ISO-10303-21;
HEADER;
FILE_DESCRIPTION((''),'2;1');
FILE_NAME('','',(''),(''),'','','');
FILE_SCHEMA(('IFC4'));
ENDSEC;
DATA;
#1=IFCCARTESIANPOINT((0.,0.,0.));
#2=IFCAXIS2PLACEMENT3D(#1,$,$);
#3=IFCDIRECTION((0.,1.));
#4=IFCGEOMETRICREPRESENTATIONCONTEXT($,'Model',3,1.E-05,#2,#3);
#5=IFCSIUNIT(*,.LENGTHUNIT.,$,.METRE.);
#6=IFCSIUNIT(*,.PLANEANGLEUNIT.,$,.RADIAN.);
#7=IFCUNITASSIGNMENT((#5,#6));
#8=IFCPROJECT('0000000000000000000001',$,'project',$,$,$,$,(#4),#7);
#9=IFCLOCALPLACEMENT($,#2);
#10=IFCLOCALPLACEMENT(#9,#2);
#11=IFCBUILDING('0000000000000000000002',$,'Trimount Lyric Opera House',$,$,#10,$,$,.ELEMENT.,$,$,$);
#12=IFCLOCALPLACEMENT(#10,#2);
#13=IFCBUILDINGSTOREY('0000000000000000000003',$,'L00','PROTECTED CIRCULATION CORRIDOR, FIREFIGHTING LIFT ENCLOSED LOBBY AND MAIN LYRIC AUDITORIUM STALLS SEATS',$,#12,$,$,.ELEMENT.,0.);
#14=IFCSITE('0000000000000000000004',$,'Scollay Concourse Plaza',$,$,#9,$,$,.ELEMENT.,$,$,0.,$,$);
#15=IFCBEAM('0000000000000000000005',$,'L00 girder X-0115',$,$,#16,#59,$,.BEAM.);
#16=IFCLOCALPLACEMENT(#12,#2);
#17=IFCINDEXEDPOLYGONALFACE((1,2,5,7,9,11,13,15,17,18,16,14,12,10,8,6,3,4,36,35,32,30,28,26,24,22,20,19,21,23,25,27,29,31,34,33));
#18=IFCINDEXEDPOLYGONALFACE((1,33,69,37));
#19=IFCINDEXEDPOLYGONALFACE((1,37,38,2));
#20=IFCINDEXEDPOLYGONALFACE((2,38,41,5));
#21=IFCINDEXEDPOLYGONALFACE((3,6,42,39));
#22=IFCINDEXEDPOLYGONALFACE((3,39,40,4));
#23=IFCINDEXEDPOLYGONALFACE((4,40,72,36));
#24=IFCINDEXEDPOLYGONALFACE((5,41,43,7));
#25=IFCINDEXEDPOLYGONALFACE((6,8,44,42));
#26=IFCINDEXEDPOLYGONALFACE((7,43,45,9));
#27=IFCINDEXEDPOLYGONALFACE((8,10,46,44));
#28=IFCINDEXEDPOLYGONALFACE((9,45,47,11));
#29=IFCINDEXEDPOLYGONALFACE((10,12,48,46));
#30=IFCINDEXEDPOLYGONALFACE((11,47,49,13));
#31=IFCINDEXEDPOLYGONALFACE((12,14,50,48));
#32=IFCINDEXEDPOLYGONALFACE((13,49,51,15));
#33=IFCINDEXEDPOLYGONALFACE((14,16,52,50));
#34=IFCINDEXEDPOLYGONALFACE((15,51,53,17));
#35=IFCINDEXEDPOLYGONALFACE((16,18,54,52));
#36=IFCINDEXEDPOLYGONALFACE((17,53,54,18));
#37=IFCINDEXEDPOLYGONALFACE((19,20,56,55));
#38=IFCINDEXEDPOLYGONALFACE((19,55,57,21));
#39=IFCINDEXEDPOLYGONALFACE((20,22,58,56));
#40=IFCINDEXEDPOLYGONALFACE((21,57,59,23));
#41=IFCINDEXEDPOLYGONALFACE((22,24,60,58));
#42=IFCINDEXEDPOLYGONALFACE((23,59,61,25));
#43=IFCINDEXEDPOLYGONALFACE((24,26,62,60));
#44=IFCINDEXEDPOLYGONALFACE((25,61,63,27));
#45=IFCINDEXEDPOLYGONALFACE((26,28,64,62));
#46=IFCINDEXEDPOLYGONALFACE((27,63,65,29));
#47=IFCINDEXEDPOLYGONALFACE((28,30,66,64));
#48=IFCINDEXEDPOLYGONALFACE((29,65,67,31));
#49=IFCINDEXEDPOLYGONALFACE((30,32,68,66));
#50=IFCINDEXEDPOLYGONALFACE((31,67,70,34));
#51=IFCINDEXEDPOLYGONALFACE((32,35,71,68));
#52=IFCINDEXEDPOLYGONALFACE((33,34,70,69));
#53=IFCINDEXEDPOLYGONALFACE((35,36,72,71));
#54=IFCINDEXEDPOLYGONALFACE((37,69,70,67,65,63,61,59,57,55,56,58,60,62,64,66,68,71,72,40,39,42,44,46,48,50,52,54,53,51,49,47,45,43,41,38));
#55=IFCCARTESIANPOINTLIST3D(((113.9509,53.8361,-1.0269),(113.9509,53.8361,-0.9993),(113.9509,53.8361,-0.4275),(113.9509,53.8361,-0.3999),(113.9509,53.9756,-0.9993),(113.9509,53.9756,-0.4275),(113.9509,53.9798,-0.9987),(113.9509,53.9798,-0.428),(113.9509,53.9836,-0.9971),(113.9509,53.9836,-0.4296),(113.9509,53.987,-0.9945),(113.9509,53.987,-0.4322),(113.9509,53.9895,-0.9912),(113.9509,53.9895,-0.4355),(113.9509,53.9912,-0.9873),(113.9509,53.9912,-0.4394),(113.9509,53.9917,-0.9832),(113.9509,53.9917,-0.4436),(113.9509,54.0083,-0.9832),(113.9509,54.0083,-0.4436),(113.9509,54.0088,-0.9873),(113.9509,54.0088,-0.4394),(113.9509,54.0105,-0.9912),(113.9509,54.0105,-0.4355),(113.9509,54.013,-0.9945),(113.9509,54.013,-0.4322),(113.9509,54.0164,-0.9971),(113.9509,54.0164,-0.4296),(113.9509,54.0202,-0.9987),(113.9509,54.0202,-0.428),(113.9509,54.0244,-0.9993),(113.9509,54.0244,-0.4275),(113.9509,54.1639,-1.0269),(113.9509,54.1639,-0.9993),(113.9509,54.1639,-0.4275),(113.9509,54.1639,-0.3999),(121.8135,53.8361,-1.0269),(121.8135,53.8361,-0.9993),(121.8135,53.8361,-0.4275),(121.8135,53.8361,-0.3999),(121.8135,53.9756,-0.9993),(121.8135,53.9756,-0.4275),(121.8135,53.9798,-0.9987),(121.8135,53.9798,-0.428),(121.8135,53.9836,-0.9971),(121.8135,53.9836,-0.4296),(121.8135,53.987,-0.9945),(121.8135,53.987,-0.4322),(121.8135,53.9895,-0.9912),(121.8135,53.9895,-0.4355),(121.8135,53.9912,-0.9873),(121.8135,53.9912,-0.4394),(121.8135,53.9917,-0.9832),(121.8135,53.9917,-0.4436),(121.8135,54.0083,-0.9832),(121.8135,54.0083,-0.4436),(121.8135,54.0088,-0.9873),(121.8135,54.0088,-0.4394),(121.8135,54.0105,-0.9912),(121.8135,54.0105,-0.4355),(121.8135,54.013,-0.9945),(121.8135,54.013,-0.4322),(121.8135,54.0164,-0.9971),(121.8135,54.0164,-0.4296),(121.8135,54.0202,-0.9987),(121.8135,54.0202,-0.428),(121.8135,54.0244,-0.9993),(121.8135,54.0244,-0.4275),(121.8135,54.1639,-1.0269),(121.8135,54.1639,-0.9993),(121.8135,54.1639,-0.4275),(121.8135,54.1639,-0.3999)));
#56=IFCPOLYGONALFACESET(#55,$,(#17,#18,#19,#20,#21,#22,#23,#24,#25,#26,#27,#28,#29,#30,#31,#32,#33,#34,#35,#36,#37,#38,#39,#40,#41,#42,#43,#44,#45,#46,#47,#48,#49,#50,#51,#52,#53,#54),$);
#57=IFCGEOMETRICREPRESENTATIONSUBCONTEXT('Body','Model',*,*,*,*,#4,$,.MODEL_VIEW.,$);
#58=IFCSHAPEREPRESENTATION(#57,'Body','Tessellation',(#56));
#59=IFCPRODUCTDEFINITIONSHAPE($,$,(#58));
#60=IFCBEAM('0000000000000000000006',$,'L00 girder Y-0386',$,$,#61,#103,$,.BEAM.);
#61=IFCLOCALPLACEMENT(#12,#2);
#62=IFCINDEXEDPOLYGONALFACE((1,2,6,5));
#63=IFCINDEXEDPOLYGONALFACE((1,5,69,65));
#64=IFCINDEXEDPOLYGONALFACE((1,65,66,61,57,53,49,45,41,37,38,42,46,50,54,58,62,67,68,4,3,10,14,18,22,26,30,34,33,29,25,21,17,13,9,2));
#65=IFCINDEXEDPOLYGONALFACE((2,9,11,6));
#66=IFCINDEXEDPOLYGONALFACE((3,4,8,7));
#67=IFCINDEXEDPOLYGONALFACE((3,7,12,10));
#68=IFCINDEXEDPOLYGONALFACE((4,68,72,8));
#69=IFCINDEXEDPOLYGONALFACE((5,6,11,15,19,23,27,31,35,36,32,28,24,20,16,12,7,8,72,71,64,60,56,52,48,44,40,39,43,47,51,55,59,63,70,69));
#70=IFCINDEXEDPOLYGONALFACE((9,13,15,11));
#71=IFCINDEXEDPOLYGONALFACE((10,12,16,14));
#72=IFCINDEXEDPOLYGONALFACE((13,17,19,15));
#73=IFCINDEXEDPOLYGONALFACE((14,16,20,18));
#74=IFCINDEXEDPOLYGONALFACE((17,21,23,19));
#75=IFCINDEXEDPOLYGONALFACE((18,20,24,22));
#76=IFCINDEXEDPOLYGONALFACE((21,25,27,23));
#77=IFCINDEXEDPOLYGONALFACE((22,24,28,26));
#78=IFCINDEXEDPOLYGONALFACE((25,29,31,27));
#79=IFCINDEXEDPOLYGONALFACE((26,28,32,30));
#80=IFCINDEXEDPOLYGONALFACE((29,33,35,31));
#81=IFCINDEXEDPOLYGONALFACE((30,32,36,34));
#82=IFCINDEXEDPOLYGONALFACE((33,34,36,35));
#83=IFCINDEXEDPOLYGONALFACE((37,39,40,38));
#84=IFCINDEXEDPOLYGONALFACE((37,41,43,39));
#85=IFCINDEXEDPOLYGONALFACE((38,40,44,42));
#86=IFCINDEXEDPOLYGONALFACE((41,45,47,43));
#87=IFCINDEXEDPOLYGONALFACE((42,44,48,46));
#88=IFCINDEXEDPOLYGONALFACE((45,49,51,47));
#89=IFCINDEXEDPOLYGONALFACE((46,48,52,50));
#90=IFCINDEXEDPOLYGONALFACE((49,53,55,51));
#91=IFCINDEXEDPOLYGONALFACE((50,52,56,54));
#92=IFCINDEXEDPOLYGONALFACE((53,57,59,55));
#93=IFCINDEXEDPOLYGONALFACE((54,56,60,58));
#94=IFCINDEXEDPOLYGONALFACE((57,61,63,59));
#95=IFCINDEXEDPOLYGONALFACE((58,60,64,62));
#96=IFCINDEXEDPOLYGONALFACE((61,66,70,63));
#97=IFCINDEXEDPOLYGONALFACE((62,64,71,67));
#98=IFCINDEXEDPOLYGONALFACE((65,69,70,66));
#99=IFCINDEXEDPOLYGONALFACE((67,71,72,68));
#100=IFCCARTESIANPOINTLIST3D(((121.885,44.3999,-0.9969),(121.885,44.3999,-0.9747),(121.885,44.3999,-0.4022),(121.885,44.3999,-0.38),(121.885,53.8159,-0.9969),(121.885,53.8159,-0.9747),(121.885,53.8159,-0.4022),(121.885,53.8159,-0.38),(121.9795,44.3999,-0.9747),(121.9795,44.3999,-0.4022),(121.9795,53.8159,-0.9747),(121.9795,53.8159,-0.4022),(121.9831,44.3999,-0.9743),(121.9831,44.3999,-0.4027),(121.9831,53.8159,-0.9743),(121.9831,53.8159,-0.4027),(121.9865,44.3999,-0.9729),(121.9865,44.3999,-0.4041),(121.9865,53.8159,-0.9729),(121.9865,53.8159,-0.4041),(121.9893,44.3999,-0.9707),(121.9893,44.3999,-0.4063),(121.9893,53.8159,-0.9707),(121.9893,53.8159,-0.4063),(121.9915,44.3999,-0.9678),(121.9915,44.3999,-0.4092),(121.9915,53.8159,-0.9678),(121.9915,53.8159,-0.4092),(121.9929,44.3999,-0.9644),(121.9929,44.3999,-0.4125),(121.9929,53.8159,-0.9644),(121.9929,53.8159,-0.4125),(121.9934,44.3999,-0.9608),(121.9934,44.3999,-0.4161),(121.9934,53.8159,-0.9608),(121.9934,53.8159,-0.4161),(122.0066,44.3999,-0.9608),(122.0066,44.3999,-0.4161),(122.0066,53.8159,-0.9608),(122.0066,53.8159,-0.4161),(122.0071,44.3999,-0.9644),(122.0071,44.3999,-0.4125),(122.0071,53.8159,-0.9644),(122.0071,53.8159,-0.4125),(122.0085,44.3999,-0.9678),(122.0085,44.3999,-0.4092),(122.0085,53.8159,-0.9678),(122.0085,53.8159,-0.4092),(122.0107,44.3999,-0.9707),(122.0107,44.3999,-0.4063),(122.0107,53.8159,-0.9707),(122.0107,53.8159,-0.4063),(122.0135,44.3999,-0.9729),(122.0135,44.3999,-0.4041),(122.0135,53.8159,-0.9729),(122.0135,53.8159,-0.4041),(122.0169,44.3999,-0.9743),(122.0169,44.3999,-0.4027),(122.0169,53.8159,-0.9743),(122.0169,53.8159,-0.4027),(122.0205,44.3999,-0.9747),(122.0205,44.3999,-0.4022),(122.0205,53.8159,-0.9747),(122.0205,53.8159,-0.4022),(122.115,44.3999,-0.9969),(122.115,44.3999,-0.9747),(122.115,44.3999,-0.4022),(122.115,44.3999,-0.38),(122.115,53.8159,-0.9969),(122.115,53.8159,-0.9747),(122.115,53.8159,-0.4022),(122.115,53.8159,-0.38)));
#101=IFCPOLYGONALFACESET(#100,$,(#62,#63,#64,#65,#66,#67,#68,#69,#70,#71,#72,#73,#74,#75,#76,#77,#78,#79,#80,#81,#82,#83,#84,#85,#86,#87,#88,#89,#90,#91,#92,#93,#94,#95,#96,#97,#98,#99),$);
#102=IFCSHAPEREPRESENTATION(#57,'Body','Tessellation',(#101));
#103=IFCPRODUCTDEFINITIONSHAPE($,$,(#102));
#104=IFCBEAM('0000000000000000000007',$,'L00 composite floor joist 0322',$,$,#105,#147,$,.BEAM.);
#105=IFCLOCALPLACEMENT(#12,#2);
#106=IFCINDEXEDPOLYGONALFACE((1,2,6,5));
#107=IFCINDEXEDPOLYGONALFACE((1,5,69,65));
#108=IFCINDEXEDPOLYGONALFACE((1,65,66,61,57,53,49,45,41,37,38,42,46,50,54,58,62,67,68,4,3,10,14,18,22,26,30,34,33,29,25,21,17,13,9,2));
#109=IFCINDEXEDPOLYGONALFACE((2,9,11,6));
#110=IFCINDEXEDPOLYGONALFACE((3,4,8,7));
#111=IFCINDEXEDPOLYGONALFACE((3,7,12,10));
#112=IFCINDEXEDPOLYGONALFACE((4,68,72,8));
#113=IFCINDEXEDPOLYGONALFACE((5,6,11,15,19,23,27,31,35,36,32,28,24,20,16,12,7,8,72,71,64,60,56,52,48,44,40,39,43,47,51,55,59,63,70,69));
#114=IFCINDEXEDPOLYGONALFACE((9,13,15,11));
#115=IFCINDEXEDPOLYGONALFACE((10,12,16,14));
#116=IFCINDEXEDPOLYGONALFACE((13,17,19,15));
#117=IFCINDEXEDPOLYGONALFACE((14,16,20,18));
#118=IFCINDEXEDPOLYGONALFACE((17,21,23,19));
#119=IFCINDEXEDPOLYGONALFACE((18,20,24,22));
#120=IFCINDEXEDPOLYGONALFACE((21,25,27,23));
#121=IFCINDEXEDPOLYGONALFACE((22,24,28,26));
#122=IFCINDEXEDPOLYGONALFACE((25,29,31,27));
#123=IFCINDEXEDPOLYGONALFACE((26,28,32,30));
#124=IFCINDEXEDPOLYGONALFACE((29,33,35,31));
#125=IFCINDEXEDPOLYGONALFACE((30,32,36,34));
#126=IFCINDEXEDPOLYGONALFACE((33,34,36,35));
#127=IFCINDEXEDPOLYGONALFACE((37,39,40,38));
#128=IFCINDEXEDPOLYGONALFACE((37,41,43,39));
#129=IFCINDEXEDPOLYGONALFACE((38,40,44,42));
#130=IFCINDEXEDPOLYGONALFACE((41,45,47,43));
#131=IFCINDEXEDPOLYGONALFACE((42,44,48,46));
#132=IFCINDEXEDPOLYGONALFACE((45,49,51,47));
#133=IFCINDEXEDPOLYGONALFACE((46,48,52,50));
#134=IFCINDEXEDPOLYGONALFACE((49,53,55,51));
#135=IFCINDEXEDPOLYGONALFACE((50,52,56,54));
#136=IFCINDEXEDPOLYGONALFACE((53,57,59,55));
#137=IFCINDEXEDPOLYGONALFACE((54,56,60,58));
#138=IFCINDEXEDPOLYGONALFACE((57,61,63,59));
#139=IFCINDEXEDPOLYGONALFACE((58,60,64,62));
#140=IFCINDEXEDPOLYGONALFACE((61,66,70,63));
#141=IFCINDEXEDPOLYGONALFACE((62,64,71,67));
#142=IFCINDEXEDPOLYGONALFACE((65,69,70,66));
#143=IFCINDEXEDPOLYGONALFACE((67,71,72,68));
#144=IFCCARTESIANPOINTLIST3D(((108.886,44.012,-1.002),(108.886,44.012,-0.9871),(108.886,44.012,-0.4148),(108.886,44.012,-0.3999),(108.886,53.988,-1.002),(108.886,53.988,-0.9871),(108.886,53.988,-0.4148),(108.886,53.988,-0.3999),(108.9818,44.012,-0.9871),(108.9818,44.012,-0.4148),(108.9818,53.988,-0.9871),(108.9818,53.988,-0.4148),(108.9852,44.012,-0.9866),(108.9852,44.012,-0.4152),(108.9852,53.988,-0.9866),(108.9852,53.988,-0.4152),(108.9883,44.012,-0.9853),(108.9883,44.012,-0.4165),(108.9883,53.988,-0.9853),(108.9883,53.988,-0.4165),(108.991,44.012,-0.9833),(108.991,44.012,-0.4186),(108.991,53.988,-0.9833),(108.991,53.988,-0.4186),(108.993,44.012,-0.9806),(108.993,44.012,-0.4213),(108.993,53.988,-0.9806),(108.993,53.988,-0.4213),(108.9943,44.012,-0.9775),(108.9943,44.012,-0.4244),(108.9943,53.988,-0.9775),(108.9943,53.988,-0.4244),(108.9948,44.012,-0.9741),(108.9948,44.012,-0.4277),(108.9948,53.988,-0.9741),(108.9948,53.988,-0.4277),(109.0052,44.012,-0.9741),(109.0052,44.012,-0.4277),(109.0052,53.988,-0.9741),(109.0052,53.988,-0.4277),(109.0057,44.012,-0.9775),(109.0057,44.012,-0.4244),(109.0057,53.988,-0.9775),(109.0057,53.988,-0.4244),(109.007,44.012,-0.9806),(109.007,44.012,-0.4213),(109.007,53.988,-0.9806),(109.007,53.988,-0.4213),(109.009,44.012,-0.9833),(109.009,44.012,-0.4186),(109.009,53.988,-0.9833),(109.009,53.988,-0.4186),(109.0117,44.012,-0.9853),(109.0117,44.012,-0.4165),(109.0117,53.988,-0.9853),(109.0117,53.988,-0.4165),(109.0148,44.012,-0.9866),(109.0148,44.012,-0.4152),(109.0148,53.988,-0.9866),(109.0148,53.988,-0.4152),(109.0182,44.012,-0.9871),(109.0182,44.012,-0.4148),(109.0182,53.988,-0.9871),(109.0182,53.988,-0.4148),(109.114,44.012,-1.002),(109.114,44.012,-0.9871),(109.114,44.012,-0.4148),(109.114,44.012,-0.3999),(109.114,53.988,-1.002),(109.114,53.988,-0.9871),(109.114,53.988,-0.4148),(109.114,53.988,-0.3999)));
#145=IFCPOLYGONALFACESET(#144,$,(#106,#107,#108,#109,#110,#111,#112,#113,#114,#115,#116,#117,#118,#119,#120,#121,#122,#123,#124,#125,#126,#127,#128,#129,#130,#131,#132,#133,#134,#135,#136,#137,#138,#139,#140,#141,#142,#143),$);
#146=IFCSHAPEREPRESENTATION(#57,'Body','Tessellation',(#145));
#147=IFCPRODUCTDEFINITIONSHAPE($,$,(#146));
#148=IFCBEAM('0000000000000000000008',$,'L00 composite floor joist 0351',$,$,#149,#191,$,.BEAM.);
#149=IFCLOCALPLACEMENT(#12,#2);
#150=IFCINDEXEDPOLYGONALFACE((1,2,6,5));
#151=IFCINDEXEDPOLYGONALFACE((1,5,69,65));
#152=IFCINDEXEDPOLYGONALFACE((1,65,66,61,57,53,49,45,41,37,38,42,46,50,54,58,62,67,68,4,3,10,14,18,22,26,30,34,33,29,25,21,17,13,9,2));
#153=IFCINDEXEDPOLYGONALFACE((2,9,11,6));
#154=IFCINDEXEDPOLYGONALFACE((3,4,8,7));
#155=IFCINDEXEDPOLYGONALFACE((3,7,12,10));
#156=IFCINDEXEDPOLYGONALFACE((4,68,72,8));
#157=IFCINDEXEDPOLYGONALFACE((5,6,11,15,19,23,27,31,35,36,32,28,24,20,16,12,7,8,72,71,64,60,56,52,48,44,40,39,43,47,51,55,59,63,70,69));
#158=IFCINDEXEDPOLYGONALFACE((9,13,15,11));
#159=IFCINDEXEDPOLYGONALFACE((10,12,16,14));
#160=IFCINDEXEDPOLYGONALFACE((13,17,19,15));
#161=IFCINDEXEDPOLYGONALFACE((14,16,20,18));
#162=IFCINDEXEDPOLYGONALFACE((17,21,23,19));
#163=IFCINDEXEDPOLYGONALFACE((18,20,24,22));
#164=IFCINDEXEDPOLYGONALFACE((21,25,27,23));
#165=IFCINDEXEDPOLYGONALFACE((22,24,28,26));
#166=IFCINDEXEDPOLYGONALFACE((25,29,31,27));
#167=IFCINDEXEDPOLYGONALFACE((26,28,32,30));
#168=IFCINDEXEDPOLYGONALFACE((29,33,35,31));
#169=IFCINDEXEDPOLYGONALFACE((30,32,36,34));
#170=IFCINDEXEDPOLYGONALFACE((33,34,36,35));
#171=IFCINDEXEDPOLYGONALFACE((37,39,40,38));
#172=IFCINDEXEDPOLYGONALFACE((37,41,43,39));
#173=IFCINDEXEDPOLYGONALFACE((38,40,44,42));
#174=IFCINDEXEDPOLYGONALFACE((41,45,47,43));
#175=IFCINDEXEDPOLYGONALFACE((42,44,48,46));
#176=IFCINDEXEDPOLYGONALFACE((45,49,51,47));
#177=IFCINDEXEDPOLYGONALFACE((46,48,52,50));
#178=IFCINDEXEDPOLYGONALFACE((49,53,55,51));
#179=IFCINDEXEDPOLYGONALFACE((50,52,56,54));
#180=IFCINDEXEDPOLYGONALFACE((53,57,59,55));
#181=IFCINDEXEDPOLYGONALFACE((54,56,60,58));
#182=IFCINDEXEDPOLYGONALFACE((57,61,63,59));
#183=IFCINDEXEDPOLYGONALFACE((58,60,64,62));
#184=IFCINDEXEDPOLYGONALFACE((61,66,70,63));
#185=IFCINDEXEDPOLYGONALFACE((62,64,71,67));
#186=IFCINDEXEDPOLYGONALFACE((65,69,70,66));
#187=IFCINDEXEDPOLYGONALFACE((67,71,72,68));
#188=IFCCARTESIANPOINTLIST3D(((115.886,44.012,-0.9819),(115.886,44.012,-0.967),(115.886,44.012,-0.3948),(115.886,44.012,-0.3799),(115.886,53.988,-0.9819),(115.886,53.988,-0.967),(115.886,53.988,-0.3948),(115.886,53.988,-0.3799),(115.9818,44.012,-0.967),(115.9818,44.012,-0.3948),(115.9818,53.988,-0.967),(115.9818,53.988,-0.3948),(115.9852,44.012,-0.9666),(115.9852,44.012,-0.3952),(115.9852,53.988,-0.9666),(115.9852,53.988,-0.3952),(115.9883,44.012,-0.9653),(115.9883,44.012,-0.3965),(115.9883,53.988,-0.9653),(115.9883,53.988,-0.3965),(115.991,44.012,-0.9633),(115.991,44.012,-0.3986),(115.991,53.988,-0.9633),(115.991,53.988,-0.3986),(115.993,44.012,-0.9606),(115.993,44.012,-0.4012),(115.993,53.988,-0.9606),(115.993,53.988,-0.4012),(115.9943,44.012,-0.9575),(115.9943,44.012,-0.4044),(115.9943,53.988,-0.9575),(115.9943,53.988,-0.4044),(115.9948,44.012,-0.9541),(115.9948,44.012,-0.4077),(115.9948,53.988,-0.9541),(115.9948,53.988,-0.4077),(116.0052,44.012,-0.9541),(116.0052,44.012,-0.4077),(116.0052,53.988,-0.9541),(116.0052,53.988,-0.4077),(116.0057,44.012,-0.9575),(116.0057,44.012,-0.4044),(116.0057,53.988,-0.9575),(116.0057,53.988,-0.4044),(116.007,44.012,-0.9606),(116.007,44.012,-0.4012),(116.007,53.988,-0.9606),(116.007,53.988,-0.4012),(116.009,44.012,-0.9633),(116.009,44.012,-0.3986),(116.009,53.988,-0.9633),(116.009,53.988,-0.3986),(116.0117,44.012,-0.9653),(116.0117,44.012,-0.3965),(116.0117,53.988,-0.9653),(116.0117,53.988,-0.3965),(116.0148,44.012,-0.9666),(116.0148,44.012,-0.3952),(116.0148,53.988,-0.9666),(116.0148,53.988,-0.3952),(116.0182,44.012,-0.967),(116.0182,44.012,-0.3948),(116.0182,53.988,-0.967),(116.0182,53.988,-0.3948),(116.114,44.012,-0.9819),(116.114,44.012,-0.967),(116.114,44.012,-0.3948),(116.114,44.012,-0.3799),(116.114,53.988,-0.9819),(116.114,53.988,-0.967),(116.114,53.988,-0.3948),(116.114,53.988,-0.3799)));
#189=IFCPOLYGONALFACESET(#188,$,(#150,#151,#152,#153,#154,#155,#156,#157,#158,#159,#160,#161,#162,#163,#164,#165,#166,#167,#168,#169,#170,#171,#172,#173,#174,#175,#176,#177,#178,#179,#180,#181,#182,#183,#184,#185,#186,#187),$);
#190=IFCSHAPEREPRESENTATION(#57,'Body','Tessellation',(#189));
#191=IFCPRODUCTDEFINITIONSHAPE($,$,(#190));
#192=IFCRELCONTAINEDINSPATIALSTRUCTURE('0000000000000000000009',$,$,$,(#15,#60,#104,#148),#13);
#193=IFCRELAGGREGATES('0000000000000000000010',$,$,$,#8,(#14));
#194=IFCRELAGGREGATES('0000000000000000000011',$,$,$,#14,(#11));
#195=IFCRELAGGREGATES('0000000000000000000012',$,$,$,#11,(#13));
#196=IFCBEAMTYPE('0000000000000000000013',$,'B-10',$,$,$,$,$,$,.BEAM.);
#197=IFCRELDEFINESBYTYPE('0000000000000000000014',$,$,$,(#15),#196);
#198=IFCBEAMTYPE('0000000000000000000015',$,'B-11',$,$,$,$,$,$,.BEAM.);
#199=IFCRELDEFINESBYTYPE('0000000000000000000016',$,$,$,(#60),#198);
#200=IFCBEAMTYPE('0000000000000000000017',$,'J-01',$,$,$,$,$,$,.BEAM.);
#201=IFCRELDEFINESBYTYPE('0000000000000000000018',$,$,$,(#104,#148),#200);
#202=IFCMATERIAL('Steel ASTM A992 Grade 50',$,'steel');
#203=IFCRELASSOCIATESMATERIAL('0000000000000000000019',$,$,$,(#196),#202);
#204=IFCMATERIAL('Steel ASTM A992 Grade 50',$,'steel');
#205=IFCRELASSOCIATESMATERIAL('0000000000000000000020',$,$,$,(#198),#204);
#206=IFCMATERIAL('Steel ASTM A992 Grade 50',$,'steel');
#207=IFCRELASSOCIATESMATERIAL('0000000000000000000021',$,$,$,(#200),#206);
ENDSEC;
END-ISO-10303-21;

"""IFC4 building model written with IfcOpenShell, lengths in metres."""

from ifc_helpers import new_model, si_unit, direction, frame, origin, origin_2d, place, context, subcontext, project, spatial, i_section, extrude, material, material_profile, profile_set, type_object, element, save


model = new_model("IFC4")

# Units and contexts
model_context = context("Model", 3, precision=1e-05, world=origin(), true_north=direction((0.0, 1.0)))
body_context = subcontext(model_context, "Body", "Model", "MODEL_VIEW")
ifc_project = project(units=[si_unit("LENGTHUNIT", "METRE"), si_unit("PLANEANGLEUNIT", "RADIAN")], contexts=[model_context])

# Site, building, storey
site_placement = place(None, origin())
site = spatial("IfcSite", under=ifc_project, at=site_placement, Name="Scollay Concourse Plaza", CompositionType="ELEMENT", RefElevation=0.0)
building_placement = place(site_placement, origin())
building = spatial("IfcBuilding", under=site, at=building_placement, Name="Trimount Lyric Opera House", CompositionType="ELEMENT")
storey_placement = place(building_placement, origin())
storey = spatial("IfcBuildingStorey", under=building, at=storey_placement, Name="L00", Description="PROTECTED CIRCULATION CORRIDOR, FIREFIGHTING LIFT ENCLOSED LOBBY AND MAIN LYRIC AUDITORIUM STALLS SEATS", CompositionType="ELEMENT", Elevation=0.0)

# Beams
ifc_material_1 = material(Name="Steel ASTM A992 Grade 50", Category="steel")
ifc_material_profile_1 = material_profile(ifc_material_1, i_section(OverallWidth=0.3279, OverallDepth=0.627, WebThickness=0.0166, FlangeThickness=0.0276, FilletRadius=0.0161, at=origin_2d()), Name="W24X146")
ifc_profile_set_1 = profile_set([ifc_material_profile_1], Name="Steel ASTM A992 Grade 50")
beam_type_1 = type_object("IfcBeamType", Name="B-10", PredefinedType="BEAM", material=ifc_profile_set_1)
beam_1_placement = place(storey_placement, frame((113.9509, 54.0, -0.7134), z_axis=(1.0, 0.0, 0.0), x_axis=(0.0, 1.0, 0.0)))
element("IfcBeam", 1, at=beam_1_placement, inside=storey, type_object=beam_type_1, Name="L00 girder X-0115", PredefinedType="BEAM", context=body_context, shape_type="SweptSolid", body=[
    extrude(i_section(OverallWidth=0.3279, OverallDepth=0.627, WebThickness=0.0166, FlangeThickness=0.0276, FilletRadius=0.0161, at=origin_2d()), origin(), (0.0, 0.0, 1.0), 7.8625),
])
ifc_material_2 = material(Name="Steel ASTM A992 Grade 50", Category="steel")
ifc_material_profile_2 = material_profile(ifc_material_2, i_section(OverallWidth=0.23, OverallDepth=0.6169, WebThickness=0.0132, FlangeThickness=0.0222, FilletRadius=0.0139, at=origin_2d()), Name="W24X94")
ifc_profile_set_2 = profile_set([ifc_material_profile_2], Name="Steel ASTM A992 Grade 50")
beam_type_2 = type_object("IfcBeamType", Name="B-11", PredefinedType="BEAM", material=ifc_profile_set_2)
beam_2_placement = place(storey_placement, frame((122.0, 44.3999, -0.6885), z_axis=(0.0, 1.0, 0.0), x_axis=(-1.0, 0.0, 0.0)))
element("IfcBeam", 2, at=beam_2_placement, inside=storey, type_object=beam_type_2, Name="L00 girder Y-0386", PredefinedType="BEAM", context=body_context, shape_type="SweptSolid", body=[
    extrude(i_section(OverallWidth=0.23, OverallDepth=0.6169, WebThickness=0.0132, FlangeThickness=0.0222, FilletRadius=0.0139, at=origin_2d()), origin(), (0.0, 0.0, 1.0), 9.416),
])
ifc_material_3 = material(Name="Steel ASTM A992 Grade 50", Category="steel")
ifc_material_profile_3 = material_profile(ifc_material_3, i_section(OverallWidth=0.228, OverallDepth=0.6021, WebThickness=0.0105, FlangeThickness=0.0149, FilletRadius=0.0129, at=origin_2d()), Name="W24X68")
ifc_profile_set_3 = profile_set([ifc_material_profile_3], Name="Steel ASTM A992 Grade 50")
beam_type_3 = type_object("IfcBeamType", Name="J-01", PredefinedType="BEAM", material=ifc_profile_set_3)
for number, where, z_axis, x_axis, name in (
    (3, (109.0, 44.012, -0.7009), (0.0, 1.0, 0.0), (-1.0, 0.0, 0.0), "L00 composite floor joist 0322"),
    (4, (116.0, 44.012, -0.6809), (0.0, 1.0, 0.0), (-1.0, 0.0, 0.0), "L00 composite floor joist 0351"),
):
    element("IfcBeam", number, at=place(storey_placement, frame(where, z_axis=z_axis, x_axis=x_axis)), inside=storey, type_object=beam_type_3, Name=name, PredefinedType="BEAM", context=body_context, shape_type="SweptSolid", body=[
        extrude(i_section(OverallWidth=0.228, OverallDepth=0.6021, WebThickness=0.0105, FlangeThickness=0.0149, FilletRadius=0.0129, at=origin_2d()), origin(), (0.0, 0.0, 1.0), 9.9761),
    ])

save(model, "model.ifc")
